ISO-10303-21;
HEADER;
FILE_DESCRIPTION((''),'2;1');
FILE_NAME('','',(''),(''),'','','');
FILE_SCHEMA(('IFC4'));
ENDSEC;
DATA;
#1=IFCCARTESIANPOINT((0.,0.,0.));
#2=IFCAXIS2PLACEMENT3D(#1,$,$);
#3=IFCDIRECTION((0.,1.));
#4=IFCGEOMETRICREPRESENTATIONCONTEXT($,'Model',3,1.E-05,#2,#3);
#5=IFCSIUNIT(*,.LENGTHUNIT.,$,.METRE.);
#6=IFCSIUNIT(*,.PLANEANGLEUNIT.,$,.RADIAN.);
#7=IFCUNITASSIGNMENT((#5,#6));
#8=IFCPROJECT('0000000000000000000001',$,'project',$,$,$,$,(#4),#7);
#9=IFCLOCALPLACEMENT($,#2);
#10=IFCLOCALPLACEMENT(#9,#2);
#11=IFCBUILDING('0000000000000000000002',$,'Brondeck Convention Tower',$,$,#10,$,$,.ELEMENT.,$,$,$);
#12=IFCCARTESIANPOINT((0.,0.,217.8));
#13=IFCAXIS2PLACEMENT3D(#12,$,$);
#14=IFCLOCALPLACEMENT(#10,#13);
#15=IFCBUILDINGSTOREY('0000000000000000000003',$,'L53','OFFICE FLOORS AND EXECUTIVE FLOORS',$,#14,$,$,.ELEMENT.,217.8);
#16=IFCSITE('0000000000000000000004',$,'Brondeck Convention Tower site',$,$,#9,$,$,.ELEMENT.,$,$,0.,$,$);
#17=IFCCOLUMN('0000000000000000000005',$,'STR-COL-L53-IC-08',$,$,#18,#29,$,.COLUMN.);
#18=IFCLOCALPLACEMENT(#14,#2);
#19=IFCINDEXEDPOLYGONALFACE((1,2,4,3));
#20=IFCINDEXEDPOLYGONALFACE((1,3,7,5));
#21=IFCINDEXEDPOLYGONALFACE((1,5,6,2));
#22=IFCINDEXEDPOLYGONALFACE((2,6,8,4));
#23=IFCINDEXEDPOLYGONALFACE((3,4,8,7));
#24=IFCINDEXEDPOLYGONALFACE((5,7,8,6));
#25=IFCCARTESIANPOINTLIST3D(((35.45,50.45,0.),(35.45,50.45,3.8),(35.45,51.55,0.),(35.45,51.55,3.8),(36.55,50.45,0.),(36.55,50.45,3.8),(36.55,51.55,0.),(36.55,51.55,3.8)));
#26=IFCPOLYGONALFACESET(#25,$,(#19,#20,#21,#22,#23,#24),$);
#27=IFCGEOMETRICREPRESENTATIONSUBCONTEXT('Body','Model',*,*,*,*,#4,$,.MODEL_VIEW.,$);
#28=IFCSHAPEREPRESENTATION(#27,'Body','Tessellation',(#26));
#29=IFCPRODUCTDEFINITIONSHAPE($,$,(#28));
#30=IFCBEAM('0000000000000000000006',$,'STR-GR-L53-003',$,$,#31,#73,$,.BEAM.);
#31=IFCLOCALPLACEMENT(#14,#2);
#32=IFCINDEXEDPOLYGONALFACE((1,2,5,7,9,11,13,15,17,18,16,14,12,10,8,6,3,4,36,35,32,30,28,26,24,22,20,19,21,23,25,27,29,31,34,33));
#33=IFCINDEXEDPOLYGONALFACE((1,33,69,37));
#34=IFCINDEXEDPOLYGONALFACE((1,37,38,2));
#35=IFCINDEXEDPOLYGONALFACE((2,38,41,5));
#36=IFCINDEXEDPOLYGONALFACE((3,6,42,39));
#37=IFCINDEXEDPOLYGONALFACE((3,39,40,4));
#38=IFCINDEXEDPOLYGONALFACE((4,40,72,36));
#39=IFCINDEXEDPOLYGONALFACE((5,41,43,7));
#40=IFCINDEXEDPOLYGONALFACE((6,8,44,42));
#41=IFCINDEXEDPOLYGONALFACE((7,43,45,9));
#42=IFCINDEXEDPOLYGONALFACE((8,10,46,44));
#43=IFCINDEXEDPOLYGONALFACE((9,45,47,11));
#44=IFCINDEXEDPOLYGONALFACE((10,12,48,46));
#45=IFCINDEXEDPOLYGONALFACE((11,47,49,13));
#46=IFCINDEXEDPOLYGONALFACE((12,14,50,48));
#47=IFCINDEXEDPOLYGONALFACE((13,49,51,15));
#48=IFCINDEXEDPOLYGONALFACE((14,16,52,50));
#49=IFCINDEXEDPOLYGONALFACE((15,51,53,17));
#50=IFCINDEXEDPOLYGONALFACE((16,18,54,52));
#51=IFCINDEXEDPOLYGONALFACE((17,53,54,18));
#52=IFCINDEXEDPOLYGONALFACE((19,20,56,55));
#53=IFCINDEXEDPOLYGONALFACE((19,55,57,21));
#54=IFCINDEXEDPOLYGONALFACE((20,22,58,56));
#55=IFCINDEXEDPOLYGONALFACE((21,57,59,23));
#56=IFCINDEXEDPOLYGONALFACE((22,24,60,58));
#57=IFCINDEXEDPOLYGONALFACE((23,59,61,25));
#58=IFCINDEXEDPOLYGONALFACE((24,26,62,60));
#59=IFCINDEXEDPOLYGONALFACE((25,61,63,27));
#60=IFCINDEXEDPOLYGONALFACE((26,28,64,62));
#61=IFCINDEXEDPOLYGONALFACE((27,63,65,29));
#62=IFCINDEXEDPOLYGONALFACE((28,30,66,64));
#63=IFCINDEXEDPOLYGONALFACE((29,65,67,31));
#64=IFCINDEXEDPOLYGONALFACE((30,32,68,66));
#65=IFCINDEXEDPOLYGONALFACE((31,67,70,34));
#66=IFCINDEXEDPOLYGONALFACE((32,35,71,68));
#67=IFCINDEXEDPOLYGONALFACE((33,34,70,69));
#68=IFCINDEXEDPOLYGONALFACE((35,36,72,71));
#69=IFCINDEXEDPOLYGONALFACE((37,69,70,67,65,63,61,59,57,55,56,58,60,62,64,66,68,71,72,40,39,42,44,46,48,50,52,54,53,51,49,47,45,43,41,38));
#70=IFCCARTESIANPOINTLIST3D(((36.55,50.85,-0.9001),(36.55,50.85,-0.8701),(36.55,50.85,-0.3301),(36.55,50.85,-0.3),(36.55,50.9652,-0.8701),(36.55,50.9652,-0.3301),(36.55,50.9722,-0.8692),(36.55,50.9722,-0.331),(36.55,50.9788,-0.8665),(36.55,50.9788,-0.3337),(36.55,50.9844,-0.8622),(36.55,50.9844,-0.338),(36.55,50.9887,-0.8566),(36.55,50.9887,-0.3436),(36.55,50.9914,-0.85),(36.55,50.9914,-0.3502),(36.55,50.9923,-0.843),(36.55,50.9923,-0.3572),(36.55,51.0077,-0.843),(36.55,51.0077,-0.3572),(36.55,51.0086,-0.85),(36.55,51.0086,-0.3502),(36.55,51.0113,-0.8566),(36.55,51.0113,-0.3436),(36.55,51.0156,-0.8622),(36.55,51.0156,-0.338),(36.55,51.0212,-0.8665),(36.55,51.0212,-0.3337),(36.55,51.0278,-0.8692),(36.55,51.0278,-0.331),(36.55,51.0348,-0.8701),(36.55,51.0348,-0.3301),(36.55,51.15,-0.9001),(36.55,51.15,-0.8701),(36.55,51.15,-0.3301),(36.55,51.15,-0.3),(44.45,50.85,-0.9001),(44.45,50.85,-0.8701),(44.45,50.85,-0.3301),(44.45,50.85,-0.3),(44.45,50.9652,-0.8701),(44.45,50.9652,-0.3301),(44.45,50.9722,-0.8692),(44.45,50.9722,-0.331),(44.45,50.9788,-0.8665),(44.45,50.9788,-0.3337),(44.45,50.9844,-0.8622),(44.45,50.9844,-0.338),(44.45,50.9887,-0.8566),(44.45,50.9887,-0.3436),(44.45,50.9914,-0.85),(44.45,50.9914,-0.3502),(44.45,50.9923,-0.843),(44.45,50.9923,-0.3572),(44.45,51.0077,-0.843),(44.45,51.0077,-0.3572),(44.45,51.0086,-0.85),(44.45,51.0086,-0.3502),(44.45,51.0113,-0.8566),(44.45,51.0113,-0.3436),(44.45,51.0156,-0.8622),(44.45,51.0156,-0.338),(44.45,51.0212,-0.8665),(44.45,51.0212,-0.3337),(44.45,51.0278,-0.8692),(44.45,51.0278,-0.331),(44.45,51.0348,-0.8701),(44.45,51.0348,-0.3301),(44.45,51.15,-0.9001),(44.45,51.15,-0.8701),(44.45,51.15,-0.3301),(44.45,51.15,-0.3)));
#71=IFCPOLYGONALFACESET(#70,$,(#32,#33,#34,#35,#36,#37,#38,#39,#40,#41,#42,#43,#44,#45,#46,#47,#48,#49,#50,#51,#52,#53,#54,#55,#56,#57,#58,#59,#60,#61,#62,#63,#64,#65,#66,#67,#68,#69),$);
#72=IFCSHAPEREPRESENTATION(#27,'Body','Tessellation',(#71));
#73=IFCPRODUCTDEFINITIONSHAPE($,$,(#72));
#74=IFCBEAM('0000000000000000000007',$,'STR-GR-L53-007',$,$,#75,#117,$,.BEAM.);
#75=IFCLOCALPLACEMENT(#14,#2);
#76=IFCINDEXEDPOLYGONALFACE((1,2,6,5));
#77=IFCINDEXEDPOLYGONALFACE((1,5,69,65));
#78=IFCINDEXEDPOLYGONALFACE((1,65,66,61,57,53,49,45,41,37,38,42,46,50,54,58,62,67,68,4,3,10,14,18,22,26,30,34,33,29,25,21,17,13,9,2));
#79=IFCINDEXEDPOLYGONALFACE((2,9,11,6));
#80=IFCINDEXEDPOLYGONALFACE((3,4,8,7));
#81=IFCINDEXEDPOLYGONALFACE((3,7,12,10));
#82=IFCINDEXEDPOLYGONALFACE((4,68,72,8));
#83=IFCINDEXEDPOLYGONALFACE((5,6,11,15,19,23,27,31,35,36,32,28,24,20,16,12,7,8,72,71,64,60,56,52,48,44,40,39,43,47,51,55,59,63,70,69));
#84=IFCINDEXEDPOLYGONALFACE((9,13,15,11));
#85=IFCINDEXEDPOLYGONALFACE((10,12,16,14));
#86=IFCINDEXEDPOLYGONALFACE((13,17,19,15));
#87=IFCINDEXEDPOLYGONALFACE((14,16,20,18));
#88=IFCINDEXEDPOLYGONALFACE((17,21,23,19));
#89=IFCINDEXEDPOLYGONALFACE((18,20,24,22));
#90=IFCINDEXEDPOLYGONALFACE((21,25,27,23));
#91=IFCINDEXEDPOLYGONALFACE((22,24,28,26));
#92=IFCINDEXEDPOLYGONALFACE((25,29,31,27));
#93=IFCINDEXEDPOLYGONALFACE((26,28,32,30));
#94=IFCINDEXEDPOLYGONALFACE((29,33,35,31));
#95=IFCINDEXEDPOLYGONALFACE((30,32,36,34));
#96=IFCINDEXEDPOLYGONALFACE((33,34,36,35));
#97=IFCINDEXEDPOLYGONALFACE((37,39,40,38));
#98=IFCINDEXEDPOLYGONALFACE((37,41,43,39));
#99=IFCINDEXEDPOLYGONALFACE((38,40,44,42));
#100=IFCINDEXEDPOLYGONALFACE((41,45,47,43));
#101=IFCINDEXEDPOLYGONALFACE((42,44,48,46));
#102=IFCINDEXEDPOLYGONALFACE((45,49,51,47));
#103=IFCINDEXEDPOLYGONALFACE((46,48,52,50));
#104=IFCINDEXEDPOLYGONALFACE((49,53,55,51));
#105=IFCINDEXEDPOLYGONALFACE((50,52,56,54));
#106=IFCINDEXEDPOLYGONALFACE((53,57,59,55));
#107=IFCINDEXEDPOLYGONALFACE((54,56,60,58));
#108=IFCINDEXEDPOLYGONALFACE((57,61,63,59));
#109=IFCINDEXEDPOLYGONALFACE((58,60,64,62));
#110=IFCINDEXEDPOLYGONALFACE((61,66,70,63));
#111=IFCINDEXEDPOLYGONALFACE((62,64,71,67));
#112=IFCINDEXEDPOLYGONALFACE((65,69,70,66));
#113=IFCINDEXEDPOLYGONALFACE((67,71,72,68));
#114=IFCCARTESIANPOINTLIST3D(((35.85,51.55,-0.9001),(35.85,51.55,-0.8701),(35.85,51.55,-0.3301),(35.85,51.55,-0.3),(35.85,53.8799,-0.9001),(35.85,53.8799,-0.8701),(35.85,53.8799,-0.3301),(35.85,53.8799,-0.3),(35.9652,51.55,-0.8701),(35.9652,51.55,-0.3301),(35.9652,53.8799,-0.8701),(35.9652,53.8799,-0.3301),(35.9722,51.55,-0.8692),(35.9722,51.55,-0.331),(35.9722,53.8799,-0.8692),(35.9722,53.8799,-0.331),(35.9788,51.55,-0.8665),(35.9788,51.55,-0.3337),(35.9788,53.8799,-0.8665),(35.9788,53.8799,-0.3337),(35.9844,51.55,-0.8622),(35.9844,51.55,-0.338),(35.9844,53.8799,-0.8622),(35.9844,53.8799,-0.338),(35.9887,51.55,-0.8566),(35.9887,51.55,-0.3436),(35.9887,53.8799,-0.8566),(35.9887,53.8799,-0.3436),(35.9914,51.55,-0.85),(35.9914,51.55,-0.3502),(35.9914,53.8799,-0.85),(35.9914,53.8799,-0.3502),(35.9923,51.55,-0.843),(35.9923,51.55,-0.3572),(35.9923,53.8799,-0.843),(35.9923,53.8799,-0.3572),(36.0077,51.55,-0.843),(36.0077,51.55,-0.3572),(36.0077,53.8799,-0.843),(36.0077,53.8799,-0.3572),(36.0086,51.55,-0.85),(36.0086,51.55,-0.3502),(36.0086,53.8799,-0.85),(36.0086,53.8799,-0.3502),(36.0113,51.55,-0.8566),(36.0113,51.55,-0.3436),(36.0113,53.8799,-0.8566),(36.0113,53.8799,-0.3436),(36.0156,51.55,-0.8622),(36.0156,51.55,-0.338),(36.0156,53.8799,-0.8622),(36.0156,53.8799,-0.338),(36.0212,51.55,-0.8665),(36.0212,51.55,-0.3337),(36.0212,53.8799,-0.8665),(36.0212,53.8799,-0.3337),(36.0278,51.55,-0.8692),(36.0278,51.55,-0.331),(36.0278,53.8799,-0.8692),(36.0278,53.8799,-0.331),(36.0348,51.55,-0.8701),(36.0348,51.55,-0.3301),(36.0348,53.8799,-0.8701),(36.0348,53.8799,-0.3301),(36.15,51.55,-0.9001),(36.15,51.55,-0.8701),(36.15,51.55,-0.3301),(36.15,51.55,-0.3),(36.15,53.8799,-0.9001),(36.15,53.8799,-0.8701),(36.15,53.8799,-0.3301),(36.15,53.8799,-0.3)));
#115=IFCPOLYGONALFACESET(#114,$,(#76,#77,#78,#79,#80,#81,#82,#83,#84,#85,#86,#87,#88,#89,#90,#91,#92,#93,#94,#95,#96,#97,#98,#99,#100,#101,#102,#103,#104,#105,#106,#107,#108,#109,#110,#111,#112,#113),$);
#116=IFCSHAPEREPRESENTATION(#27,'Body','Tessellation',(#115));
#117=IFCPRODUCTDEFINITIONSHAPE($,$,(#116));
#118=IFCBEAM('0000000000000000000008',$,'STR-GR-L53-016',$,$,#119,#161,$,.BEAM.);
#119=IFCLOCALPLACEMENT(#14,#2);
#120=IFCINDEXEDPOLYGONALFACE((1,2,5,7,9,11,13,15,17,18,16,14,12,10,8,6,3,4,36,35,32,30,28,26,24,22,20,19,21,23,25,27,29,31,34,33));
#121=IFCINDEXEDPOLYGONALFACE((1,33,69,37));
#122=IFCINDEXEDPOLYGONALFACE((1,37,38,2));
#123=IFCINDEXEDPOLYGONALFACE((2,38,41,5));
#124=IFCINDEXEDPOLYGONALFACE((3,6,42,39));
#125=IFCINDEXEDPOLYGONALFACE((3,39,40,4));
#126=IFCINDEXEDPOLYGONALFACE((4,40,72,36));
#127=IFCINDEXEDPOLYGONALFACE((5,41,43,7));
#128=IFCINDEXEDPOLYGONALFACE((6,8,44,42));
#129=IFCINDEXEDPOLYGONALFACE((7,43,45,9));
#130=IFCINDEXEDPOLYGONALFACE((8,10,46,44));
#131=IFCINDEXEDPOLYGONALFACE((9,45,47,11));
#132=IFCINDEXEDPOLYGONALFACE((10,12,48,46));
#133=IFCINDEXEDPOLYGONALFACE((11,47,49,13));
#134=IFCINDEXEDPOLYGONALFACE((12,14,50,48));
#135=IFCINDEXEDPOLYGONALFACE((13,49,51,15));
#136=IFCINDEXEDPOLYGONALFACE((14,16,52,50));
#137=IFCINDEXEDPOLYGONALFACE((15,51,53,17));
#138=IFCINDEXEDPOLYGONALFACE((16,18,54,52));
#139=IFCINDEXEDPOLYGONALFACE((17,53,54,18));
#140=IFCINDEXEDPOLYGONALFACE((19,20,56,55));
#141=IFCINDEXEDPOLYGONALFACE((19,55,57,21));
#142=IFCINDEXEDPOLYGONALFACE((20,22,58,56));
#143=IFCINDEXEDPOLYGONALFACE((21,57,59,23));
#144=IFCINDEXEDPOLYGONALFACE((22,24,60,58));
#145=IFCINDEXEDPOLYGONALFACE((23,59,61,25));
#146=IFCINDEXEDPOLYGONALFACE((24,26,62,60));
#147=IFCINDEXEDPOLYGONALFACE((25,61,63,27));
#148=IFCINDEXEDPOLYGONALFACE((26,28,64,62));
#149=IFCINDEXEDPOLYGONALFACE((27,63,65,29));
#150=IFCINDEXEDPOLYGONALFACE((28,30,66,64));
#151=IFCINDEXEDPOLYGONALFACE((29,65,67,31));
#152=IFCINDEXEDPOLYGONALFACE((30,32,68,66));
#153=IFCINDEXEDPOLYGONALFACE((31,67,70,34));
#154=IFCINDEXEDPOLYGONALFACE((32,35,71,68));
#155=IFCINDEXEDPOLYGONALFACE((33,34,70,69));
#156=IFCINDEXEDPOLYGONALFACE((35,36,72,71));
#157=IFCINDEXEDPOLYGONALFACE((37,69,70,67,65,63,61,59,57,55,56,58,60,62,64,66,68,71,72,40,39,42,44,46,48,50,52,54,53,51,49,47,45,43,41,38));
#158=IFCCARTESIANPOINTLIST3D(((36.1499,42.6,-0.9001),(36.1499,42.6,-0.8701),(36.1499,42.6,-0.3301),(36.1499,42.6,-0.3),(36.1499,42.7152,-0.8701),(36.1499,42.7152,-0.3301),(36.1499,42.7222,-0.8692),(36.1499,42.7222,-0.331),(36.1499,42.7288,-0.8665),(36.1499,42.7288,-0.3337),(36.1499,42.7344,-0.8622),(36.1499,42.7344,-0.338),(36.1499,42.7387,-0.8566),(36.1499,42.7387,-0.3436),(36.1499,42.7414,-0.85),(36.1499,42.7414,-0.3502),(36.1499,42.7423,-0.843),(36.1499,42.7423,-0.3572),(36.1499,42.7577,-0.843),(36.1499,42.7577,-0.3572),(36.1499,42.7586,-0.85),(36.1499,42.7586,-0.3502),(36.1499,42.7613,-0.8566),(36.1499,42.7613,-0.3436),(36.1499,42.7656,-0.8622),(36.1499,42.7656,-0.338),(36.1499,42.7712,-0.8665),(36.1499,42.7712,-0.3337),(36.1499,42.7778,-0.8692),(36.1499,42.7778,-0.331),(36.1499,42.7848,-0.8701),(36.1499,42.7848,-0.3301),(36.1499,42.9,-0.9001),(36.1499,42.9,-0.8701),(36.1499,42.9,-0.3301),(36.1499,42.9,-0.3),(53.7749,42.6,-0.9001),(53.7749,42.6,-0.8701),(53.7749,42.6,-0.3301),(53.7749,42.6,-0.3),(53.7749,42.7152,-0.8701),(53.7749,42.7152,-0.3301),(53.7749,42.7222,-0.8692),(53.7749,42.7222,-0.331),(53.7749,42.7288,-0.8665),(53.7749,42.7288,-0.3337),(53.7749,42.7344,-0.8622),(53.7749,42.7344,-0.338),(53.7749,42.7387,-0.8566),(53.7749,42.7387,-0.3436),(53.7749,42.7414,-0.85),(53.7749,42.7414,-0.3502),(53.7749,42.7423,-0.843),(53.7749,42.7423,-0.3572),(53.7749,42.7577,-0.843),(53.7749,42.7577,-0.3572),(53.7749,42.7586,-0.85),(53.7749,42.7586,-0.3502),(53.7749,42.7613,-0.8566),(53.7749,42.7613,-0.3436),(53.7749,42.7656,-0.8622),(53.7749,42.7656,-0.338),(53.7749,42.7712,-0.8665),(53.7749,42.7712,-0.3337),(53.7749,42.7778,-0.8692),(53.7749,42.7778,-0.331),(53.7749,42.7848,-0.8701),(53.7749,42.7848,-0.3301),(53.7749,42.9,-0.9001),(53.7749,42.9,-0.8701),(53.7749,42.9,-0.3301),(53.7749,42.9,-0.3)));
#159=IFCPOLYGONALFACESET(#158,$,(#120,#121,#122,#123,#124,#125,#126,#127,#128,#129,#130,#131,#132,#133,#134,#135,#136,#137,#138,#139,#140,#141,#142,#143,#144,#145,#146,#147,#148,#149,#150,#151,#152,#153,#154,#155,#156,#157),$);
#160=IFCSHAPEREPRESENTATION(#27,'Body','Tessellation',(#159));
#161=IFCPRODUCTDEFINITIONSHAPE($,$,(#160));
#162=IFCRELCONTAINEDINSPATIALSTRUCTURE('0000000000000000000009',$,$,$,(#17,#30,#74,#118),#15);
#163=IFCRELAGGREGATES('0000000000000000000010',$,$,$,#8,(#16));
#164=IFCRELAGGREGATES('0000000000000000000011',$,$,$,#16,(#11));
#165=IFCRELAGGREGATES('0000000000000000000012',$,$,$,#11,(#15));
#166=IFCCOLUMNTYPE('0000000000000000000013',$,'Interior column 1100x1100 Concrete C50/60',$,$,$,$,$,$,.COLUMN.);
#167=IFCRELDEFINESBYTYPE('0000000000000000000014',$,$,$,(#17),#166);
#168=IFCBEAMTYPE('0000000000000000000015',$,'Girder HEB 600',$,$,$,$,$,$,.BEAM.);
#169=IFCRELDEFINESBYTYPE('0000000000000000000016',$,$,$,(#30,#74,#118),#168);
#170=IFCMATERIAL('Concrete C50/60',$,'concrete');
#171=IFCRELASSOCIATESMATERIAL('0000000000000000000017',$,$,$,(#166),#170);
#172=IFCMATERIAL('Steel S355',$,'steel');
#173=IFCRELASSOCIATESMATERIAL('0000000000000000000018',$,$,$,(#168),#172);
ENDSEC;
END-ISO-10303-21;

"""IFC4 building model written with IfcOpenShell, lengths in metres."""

from ifc_helpers import new_model, si_unit, direction, frame, origin, origin_2d, place, context, subcontext, project, spatial, rectangle, i_section, extrude, material, material_profile, profile_set, type_object, element, save


model = new_model("IFC4")

# Units and contexts
model_context = context("Model", 3, precision=1e-05, world=origin(), true_north=direction((0.0, 1.0)))
body_context = subcontext(model_context, "Body", "Model", "MODEL_VIEW")
ifc_project = project(units=[si_unit("LENGTHUNIT", "METRE"), si_unit("PLANEANGLEUNIT", "RADIAN")], contexts=[model_context])

# Site, building, storey
site_placement = place(None, origin())
site = spatial("IfcSite", under=ifc_project, at=site_placement, Name="Brondeck Convention Tower site", CompositionType="ELEMENT", RefElevation=0.0)
building_placement = place(site_placement, origin())
building = spatial("IfcBuilding", under=site, at=building_placement, Name="Brondeck Convention Tower", CompositionType="ELEMENT")
storey_placement = place(building_placement, frame((0.0, 0.0, 217.8)))
storey = spatial("IfcBuildingStorey", under=building, at=storey_placement, Name="L53", Description="OFFICE FLOORS AND EXECUTIVE FLOORS", CompositionType="ELEMENT", Elevation=217.8)

# Column
ifc_material_1 = material(Name="Concrete C50/60", Category="concrete")
ifc_material_profile_1 = material_profile(ifc_material_1, rectangle(XDim=1.1001, YDim=1.1001, at=origin_2d()), Name="Interior column 1100x1100 Concrete C50/60")
ifc_profile_set_1 = profile_set([ifc_material_profile_1], Name="Concrete C50/60")
column_type = type_object("IfcColumnType", Name="Interior column 1100x1100 Concrete C50/60", PredefinedType="COLUMN", material=ifc_profile_set_1)
column_placement = place(storey_placement, frame((36.0, 51.0, 0.0), z_axis=(0.0, 0.0, 1.0), x_axis=(1.0, 0.0, 0.0)))
element("IfcColumn", 1, at=column_placement, inside=storey, type_object=column_type, Name="STR-COL-L53-IC-08", PredefinedType="COLUMN", context=body_context, shape_type="SweptSolid", body=[
    extrude(rectangle(XDim=1.1001, YDim=1.1001, at=origin_2d()), origin(), (0.0, 0.0, 1.0), 3.8),
])

# Beams
ifc_material_2 = material(Name="Steel S355", Category="steel")
ifc_material_profile_2 = material_profile(ifc_material_2, i_section(OverallWidth=0.3, OverallDepth=0.6001, WebThickness=0.0154, FlangeThickness=0.03, FilletRadius=0.0271, at=origin_2d()), Name="HEB 600")
ifc_profile_set_2 = profile_set([ifc_material_profile_2], Name="Steel S355")
beam_type = type_object("IfcBeamType", Name="Girder HEB 600", PredefinedType="BEAM", material=ifc_profile_set_2)
beam_1_placement = place(storey_placement, frame((36.55, 51.0, -0.6001), z_axis=(1.0, 0.0, 0.0), x_axis=(0.0, 1.0, 0.0)))
element("IfcBeam", 2, at=beam_1_placement, inside=storey, type_object=beam_type, Name="STR-GR-L53-003", PredefinedType="BEAM", context=body_context, shape_type="SweptSolid", body=[
    extrude(i_section(OverallWidth=0.3, OverallDepth=0.6001, WebThickness=0.0154, FlangeThickness=0.03, FilletRadius=0.0271, at=origin_2d()), origin(), (0.0, 0.0, 1.0), 7.8999),
])
beam_2_placement = place(storey_placement, frame((36.0, 51.55, -0.6001), z_axis=(0.0, 1.0, 0.0), x_axis=(-1.0, 0.0, 0.0)))
element("IfcBeam", 3, at=beam_2_placement, inside=storey, type_object=beam_type, Name="STR-GR-L53-007", PredefinedType="BEAM", context=body_context, shape_type="SweptSolid", body=[
    extrude(i_section(OverallWidth=0.3, OverallDepth=0.6001, WebThickness=0.0154, FlangeThickness=0.03, FilletRadius=0.0271, at=origin_2d()), origin(), (0.0, 0.0, 1.0), 2.3298),
])
for number, where, z_axis, x_axis, name in (
    (4, (36.1499, 42.75, -0.6001), (1.0, 0.0, 0.0), (0.0, 1.0, 0.0), "STR-GR-L53-016"),
):
    element("IfcBeam", number, at=place(storey_placement, frame(where, z_axis=z_axis, x_axis=x_axis)), inside=storey, type_object=beam_type, Name=name, PredefinedType="BEAM", context=body_context, shape_type="SweptSolid", body=[
        extrude(i_section(OverallWidth=0.3, OverallDepth=0.6001, WebThickness=0.0154, FlangeThickness=0.03, FilletRadius=0.0271, at=origin_2d()), origin(), (0.0, 0.0, 1.0), 17.625),
    ])

save(model, "model.ifc")
